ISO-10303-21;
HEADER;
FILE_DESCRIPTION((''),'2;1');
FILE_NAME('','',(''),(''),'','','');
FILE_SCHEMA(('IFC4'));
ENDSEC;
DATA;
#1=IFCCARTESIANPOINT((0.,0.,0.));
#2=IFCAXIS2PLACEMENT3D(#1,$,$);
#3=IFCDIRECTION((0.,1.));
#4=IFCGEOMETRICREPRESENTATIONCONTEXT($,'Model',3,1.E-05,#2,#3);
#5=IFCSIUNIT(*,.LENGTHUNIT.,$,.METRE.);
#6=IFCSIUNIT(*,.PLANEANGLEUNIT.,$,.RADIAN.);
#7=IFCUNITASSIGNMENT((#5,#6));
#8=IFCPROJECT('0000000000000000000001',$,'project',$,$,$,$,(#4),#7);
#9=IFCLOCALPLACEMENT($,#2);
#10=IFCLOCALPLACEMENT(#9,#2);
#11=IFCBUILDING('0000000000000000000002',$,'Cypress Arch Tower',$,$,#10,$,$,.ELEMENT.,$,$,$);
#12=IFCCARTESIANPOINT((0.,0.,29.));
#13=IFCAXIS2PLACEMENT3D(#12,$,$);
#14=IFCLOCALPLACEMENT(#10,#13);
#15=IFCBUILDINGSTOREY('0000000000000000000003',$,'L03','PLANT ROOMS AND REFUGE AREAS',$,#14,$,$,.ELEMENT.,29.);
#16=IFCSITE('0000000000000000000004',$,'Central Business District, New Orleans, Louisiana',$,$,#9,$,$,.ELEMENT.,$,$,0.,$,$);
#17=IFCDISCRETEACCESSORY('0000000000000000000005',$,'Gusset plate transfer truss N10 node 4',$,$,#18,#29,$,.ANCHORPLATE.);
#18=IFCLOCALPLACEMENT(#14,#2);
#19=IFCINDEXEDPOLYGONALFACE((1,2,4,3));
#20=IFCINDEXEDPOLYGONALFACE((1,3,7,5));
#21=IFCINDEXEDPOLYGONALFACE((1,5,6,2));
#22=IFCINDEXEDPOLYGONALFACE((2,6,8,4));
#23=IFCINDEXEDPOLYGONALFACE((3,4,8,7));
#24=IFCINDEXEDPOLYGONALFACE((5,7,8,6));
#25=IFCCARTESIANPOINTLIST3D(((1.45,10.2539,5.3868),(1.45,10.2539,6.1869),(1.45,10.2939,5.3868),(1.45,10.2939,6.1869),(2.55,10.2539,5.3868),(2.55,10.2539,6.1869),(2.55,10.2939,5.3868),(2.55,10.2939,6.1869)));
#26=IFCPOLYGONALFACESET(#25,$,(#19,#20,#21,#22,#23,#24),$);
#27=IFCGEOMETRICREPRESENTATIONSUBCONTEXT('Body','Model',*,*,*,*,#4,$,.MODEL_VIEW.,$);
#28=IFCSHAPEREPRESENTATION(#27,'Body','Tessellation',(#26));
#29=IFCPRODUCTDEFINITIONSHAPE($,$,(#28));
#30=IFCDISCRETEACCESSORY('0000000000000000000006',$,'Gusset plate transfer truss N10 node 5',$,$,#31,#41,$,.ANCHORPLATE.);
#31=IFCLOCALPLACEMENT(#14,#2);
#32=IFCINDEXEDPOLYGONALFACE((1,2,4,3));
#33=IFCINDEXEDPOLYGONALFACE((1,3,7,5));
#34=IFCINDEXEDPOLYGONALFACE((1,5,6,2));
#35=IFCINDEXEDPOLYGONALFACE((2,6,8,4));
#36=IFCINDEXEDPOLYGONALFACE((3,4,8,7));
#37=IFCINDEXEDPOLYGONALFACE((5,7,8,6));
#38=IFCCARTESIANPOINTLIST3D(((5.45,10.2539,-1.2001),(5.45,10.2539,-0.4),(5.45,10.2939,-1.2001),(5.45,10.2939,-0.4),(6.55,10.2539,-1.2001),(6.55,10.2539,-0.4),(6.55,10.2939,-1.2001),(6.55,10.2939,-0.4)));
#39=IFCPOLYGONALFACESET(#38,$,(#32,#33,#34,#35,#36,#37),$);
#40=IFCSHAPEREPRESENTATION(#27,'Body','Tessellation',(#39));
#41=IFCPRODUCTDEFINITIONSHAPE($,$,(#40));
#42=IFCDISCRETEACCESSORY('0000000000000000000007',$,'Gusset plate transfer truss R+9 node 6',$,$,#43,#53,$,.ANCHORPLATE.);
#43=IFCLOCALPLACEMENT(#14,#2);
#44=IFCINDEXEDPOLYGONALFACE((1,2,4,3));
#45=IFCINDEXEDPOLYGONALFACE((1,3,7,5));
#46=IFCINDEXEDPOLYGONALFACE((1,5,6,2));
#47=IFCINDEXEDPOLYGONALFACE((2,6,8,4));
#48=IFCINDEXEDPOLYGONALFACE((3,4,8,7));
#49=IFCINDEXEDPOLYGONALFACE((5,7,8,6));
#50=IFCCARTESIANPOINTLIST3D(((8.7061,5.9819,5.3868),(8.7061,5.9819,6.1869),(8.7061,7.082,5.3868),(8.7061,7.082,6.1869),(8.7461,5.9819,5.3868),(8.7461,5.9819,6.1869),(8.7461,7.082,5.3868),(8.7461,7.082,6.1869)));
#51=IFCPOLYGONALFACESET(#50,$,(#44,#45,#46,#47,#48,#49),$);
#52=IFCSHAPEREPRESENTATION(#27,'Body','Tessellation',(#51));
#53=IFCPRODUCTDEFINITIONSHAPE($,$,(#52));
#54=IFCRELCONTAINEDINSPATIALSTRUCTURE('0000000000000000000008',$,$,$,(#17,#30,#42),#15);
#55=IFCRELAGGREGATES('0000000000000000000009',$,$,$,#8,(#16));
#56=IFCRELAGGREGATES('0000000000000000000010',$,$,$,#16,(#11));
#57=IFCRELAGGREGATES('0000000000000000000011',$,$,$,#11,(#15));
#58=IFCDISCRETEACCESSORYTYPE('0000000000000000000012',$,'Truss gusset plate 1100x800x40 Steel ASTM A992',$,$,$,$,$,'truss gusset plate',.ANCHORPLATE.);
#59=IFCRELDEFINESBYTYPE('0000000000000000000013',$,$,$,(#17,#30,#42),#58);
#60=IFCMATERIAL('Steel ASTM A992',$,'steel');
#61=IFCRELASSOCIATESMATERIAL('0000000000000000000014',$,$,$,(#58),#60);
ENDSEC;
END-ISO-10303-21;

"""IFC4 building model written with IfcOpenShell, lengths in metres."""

from ifc_helpers import new_model, si_unit, direction, frame, origin, origin_2d, place, context, subcontext, project, spatial, rectangle, extrude, material, material_profile, profile_set, type_object, element, save


model = new_model("IFC4")

# Units and contexts
model_context = context("Model", 3, precision=1e-05, world=origin(), true_north=direction((0.0, 1.0)))
body_context = subcontext(model_context, "Body", "Model", "MODEL_VIEW")
ifc_project = project(units=[si_unit("LENGTHUNIT", "METRE"), si_unit("PLANEANGLEUNIT", "RADIAN")], contexts=[model_context])

# Site, building, storey
site_placement = place(None, origin())
site = spatial("IfcSite", under=ifc_project, at=site_placement, Name="Central Business District, New Orleans, Louisiana", CompositionType="ELEMENT", RefElevation=0.0)
building_placement = place(site_placement, origin())
building = spatial("IfcBuilding", under=site, at=building_placement, Name="Cypress Arch Tower", CompositionType="ELEMENT")
storey_placement = place(building_placement, frame((0.0, 0.0, 29.0)))
storey = spatial("IfcBuildingStorey", under=building, at=storey_placement, Name="L03", Description="PLANT ROOMS AND REFUGE AREAS", CompositionType="ELEMENT", Elevation=29.0)

# Discrete accessories
ifc_material_1 = material(Name="Steel ASTM A992", Category="steel")
ifc_material_profile_1 = material_profile(ifc_material_1, rectangle(XDim=1.1001, YDim=0.8, at=origin_2d()), Name="PL 40 1100x800")
ifc_profile_set_1 = profile_set([ifc_material_profile_1], Name="Steel ASTM A992")
discrete_accessory_type_1 = type_object("IfcDiscreteAccessoryType", Name="Truss gusset plate 1100x800x40 Steel ASTM A992", ElementType="truss gusset plate", PredefinedType="ANCHORPLATE", material=ifc_profile_set_1)
for number, where, z_axis, x_axis, name in (
    (1, (2.0, 10.2539, 5.7869), (0.0, 1.0, 0.0), (-1.0, 0.0, 0.0), "Gusset plate transfer truss N10 node 4"),
    (2, (6.0, 10.2539, -0.8), (0.0, 1.0, 0.0), (-1.0, 0.0, 0.0), "Gusset plate transfer truss N10 node 5"),
    (3, (8.7461, 6.532, 5.7869), (-1.0, 0.0, 0.0), (0.0, -1.0, 0.0), "Gusset plate transfer truss R+9 node 6"),
):
    element("IfcDiscreteAccessory", number, at=place(storey_placement, frame(where, z_axis=z_axis, x_axis=x_axis)), inside=storey, type_object=discrete_accessory_type_1, Name=name, PredefinedType="ANCHORPLATE", context=body_context, shape_type="SweptSolid", body=[
        extrude(rectangle(XDim=1.1001, YDim=0.8, at=origin_2d()), origin(), (0.0, 0.0, 1.0), 0.04),
    ])

save(model, "model.ifc")
